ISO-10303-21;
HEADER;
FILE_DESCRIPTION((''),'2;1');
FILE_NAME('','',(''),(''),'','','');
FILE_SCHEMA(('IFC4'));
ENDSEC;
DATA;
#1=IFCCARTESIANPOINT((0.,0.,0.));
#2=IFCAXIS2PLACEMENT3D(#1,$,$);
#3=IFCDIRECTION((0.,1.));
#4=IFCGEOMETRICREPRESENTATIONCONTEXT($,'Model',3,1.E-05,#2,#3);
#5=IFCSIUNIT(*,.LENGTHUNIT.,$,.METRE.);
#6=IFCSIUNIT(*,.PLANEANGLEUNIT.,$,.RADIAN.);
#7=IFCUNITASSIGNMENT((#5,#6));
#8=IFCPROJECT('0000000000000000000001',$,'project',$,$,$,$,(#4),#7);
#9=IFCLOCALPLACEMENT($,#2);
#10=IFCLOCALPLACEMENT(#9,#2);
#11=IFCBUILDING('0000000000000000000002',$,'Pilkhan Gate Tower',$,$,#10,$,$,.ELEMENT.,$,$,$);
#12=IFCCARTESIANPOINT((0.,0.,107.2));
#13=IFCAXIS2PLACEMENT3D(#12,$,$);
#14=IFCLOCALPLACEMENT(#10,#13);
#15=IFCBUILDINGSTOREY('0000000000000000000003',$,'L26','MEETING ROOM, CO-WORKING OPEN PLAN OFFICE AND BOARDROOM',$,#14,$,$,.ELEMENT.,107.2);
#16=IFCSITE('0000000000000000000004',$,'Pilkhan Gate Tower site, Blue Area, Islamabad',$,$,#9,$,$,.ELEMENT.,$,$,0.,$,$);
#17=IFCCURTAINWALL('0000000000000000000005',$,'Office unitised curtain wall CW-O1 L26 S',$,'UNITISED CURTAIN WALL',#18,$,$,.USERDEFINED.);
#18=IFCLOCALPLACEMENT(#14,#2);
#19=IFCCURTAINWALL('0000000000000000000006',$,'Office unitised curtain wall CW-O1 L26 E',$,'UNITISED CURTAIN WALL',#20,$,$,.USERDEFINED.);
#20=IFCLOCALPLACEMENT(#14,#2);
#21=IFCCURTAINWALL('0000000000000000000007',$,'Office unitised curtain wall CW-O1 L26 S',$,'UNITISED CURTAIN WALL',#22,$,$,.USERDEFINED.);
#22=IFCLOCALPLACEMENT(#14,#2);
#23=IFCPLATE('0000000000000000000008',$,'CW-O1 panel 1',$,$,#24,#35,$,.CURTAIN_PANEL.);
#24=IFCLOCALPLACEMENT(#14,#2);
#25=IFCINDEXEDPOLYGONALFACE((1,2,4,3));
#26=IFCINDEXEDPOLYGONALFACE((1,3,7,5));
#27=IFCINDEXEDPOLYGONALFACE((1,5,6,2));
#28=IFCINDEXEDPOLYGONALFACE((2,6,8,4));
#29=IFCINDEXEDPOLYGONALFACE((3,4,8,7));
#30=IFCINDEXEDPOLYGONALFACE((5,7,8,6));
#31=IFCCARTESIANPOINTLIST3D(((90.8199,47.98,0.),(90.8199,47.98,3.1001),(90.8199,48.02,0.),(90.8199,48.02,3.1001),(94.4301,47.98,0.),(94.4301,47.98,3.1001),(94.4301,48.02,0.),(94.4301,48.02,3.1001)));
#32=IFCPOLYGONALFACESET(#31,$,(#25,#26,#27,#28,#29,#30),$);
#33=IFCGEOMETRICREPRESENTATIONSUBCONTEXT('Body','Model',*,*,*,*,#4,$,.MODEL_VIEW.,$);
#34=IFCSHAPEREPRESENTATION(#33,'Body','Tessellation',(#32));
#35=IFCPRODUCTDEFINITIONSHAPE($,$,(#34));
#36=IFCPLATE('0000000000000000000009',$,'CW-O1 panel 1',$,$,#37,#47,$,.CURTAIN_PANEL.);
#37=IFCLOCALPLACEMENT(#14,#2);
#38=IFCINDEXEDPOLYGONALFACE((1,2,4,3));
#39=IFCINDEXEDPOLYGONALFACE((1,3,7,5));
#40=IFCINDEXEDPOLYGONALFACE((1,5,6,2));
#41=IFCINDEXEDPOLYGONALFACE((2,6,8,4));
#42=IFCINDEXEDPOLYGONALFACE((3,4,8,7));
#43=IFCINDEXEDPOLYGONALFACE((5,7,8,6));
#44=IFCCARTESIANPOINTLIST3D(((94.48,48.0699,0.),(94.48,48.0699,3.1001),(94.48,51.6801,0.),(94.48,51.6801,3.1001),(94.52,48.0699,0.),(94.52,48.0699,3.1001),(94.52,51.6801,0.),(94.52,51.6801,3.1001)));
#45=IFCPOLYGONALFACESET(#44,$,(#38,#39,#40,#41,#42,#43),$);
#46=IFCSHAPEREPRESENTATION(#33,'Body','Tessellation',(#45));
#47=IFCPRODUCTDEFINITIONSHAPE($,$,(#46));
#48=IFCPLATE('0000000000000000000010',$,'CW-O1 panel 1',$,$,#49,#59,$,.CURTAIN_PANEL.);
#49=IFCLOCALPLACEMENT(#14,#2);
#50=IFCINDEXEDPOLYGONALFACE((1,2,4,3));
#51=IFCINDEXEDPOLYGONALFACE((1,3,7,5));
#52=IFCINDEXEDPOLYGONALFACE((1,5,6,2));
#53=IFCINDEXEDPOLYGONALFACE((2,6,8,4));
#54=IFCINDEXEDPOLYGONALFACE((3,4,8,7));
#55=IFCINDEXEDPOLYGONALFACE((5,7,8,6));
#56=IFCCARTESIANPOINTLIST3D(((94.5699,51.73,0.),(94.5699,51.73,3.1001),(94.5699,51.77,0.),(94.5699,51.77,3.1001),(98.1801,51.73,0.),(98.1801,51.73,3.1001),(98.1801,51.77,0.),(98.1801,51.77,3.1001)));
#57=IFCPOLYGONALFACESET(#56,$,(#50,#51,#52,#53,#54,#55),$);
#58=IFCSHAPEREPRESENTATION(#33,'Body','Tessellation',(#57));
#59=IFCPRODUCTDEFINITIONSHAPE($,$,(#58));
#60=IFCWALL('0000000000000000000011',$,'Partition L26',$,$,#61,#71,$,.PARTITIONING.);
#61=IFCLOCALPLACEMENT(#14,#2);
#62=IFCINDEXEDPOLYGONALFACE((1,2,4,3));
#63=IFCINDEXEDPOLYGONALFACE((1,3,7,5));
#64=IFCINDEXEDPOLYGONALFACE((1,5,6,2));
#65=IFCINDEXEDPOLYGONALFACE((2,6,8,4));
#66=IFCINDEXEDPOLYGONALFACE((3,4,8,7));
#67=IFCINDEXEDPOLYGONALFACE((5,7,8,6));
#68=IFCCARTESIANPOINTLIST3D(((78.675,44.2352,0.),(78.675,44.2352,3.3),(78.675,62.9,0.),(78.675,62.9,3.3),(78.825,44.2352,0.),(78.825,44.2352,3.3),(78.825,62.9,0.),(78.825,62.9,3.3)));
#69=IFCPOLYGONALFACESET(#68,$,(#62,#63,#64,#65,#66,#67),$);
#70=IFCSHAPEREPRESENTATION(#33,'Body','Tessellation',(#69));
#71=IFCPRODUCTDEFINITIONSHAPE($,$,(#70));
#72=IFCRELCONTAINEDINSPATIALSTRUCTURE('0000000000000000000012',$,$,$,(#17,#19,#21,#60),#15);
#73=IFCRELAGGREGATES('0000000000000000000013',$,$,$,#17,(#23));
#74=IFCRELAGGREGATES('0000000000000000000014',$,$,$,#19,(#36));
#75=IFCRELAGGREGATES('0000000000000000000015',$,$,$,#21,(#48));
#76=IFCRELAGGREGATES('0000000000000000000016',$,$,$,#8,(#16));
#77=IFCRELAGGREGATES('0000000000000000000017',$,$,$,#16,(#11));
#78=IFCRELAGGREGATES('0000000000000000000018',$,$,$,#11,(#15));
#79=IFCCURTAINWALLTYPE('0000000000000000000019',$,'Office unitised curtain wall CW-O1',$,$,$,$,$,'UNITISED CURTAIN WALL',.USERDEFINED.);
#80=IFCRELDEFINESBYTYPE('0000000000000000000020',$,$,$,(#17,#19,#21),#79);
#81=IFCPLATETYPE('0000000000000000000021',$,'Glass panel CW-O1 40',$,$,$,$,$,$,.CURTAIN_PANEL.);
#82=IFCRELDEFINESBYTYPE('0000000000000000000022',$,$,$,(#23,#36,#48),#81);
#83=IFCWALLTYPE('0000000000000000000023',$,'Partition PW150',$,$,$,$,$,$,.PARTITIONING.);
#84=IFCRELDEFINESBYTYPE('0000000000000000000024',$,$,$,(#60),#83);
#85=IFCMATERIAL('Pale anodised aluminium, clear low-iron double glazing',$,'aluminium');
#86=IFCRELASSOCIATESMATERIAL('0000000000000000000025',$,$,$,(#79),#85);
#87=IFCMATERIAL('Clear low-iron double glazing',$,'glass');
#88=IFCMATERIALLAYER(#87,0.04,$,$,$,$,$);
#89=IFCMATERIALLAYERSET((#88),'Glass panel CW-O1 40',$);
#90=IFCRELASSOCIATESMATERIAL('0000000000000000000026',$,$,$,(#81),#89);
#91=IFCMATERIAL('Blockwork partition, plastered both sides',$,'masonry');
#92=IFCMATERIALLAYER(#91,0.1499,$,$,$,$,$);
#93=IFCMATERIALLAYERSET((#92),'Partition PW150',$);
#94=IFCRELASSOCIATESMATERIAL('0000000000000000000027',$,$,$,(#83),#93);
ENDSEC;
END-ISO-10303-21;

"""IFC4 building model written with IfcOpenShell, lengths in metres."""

from ifc_helpers import new_model, si_unit, direction, frame, frame_2d, origin, origin_2d, place, context, subcontext, project, spatial, rectangle, extrude, material, layer, layer_set, type_object, element, aggregate, save


model = new_model("IFC4")

# Units and contexts
model_context = context("Model", 3, precision=1e-05, world=origin(), true_north=direction((0.0, 1.0)))
body_context = subcontext(model_context, "Body", "Model", "MODEL_VIEW")
ifc_project = project(units=[si_unit("LENGTHUNIT", "METRE"), si_unit("PLANEANGLEUNIT", "RADIAN")], contexts=[model_context])

# Site, building, storey
site_placement = place(None, origin())
site = spatial("IfcSite", under=ifc_project, at=site_placement, Name="Pilkhan Gate Tower site, Blue Area, Islamabad", CompositionType="ELEMENT", RefElevation=0.0)
building_placement = place(site_placement, origin())
building = spatial("IfcBuilding", under=site, at=building_placement, Name="Pilkhan Gate Tower", CompositionType="ELEMENT")
storey_placement = place(building_placement, frame((0.0, 0.0, 107.2)))
storey = spatial("IfcBuildingStorey", under=building, at=storey_placement, Name="L26", Description="MEETING ROOM, CO-WORKING OPEN PLAN OFFICE AND BOARDROOM", CompositionType="ELEMENT", Elevation=107.2)

# Shared definitions
ifc_material_1 = material(Name="Pale anodised aluminium, clear low-iron double glazing", Category="aluminium")
curtain_wall_type = type_object("IfcCurtainWallType", Name="Office unitised curtain wall CW-O1", ElementType="UNITISED CURTAIN WALL", PredefinedType="USERDEFINED", material=ifc_material_1)

# Curtain walls
curtain_wall_1_placement = place(storey_placement, origin())
curtain_wall_1 = element("IfcCurtainWall", 1, at=curtain_wall_1_placement, inside=storey, type_object=curtain_wall_type, Name="Office unitised curtain wall CW-O1 L26 S", ObjectType="UNITISED CURTAIN WALL", PredefinedType="USERDEFINED")
curtain_wall_2_placement = place(storey_placement, origin())
curtain_wall_2 = element("IfcCurtainWall", 2, at=curtain_wall_2_placement, inside=storey, type_object=curtain_wall_type, Name="Office unitised curtain wall CW-O1 L26 E", ObjectType="UNITISED CURTAIN WALL", PredefinedType="USERDEFINED")
curtain_wall_3_placement = place(storey_placement, origin())
curtain_wall_3 = element("IfcCurtainWall", 3, at=curtain_wall_3_placement, inside=storey, type_object=curtain_wall_type, Name="Office unitised curtain wall CW-O1 L26 S", ObjectType="UNITISED CURTAIN WALL", PredefinedType="USERDEFINED")

# Plates
ifc_material_2 = material(Name="Clear low-iron double glazing", Category="glass")
ifc_layer_1 = layer(ifc_material_2, 0.04)
ifc_layer_set_1 = layer_set([ifc_layer_1], Name="Glass panel CW-O1 40")
plate_type = type_object("IfcPlateType", Name="Glass panel CW-O1 40", PredefinedType="CURTAIN_PANEL", material=ifc_layer_set_1)
plate_1_placement = place(storey_placement, frame((92.625, 48.0, 0.0), z_axis=(0.0, 0.0, 1.0), x_axis=(1.0, 0.0, 0.0)))
plate_1 = element("IfcPlate", 4, at=plate_1_placement, type_object=plate_type, Name="CW-O1 panel 1", PredefinedType="CURTAIN_PANEL", context=body_context, shape_type="SweptSolid", body=[
    extrude(rectangle(XDim=3.6101, YDim=0.04, at=origin_2d()), origin(), (0.0, 0.0, 1.0), 3.1001),
])
aggregate(curtain_wall_1, [plate_1])
plate_2_placement = place(storey_placement, frame((94.5, 49.875, 0.0), z_axis=(0.0, 0.0, 1.0), x_axis=(0.0, 1.0, 0.0)))
plate_2 = element("IfcPlate", 5, at=plate_2_placement, type_object=plate_type, Name="CW-O1 panel 1", PredefinedType="CURTAIN_PANEL", context=body_context, shape_type="SweptSolid", body=[
    extrude(rectangle(XDim=3.6101, YDim=0.04, at=origin_2d()), origin(), (0.0, 0.0, 1.0), 3.1001),
])
aggregate(curtain_wall_2, [plate_2])
plate_3_placement = place(storey_placement, frame((96.375, 51.75, 0.0), z_axis=(0.0, 0.0, 1.0), x_axis=(1.0, 0.0, 0.0)))
plate_3 = element("IfcPlate", 6, at=plate_3_placement, type_object=plate_type, Name="CW-O1 panel 1", PredefinedType="CURTAIN_PANEL", context=body_context, shape_type="SweptSolid", body=[
    extrude(rectangle(XDim=3.6101, YDim=0.04, at=origin_2d()), origin(), (0.0, 0.0, 1.0), 3.1001),
])
aggregate(curtain_wall_3, [plate_3])

# Wall
ifc_material_3 = material(Name="Blockwork partition, plastered both sides", Category="masonry")
ifc_layer_2 = layer(ifc_material_3, 0.1499)
ifc_layer_set_2 = layer_set([ifc_layer_2], Name="Partition PW150")
wall_type = type_object("IfcWallType", Name="Partition PW150", PredefinedType="PARTITIONING", material=ifc_layer_set_2)
wall_placement = place(storey_placement, frame((78.75, 44.2351, 0.0), z_axis=(0.0, 0.0, 1.0), x_axis=(0.0, 1.0, 0.0)))
element("IfcWall", 7, at=wall_placement, inside=storey, type_object=wall_type, Name="Partition L26", PredefinedType="PARTITIONING", context=body_context, shape_type="SweptSolid", body=[
    extrude(rectangle(XDim=18.6648, YDim=0.1499, at=frame_2d((9.3325, 0.0))), origin(), (0.0, 0.0, 1.0), 3.3),
])

save(model, "model.ifc")
